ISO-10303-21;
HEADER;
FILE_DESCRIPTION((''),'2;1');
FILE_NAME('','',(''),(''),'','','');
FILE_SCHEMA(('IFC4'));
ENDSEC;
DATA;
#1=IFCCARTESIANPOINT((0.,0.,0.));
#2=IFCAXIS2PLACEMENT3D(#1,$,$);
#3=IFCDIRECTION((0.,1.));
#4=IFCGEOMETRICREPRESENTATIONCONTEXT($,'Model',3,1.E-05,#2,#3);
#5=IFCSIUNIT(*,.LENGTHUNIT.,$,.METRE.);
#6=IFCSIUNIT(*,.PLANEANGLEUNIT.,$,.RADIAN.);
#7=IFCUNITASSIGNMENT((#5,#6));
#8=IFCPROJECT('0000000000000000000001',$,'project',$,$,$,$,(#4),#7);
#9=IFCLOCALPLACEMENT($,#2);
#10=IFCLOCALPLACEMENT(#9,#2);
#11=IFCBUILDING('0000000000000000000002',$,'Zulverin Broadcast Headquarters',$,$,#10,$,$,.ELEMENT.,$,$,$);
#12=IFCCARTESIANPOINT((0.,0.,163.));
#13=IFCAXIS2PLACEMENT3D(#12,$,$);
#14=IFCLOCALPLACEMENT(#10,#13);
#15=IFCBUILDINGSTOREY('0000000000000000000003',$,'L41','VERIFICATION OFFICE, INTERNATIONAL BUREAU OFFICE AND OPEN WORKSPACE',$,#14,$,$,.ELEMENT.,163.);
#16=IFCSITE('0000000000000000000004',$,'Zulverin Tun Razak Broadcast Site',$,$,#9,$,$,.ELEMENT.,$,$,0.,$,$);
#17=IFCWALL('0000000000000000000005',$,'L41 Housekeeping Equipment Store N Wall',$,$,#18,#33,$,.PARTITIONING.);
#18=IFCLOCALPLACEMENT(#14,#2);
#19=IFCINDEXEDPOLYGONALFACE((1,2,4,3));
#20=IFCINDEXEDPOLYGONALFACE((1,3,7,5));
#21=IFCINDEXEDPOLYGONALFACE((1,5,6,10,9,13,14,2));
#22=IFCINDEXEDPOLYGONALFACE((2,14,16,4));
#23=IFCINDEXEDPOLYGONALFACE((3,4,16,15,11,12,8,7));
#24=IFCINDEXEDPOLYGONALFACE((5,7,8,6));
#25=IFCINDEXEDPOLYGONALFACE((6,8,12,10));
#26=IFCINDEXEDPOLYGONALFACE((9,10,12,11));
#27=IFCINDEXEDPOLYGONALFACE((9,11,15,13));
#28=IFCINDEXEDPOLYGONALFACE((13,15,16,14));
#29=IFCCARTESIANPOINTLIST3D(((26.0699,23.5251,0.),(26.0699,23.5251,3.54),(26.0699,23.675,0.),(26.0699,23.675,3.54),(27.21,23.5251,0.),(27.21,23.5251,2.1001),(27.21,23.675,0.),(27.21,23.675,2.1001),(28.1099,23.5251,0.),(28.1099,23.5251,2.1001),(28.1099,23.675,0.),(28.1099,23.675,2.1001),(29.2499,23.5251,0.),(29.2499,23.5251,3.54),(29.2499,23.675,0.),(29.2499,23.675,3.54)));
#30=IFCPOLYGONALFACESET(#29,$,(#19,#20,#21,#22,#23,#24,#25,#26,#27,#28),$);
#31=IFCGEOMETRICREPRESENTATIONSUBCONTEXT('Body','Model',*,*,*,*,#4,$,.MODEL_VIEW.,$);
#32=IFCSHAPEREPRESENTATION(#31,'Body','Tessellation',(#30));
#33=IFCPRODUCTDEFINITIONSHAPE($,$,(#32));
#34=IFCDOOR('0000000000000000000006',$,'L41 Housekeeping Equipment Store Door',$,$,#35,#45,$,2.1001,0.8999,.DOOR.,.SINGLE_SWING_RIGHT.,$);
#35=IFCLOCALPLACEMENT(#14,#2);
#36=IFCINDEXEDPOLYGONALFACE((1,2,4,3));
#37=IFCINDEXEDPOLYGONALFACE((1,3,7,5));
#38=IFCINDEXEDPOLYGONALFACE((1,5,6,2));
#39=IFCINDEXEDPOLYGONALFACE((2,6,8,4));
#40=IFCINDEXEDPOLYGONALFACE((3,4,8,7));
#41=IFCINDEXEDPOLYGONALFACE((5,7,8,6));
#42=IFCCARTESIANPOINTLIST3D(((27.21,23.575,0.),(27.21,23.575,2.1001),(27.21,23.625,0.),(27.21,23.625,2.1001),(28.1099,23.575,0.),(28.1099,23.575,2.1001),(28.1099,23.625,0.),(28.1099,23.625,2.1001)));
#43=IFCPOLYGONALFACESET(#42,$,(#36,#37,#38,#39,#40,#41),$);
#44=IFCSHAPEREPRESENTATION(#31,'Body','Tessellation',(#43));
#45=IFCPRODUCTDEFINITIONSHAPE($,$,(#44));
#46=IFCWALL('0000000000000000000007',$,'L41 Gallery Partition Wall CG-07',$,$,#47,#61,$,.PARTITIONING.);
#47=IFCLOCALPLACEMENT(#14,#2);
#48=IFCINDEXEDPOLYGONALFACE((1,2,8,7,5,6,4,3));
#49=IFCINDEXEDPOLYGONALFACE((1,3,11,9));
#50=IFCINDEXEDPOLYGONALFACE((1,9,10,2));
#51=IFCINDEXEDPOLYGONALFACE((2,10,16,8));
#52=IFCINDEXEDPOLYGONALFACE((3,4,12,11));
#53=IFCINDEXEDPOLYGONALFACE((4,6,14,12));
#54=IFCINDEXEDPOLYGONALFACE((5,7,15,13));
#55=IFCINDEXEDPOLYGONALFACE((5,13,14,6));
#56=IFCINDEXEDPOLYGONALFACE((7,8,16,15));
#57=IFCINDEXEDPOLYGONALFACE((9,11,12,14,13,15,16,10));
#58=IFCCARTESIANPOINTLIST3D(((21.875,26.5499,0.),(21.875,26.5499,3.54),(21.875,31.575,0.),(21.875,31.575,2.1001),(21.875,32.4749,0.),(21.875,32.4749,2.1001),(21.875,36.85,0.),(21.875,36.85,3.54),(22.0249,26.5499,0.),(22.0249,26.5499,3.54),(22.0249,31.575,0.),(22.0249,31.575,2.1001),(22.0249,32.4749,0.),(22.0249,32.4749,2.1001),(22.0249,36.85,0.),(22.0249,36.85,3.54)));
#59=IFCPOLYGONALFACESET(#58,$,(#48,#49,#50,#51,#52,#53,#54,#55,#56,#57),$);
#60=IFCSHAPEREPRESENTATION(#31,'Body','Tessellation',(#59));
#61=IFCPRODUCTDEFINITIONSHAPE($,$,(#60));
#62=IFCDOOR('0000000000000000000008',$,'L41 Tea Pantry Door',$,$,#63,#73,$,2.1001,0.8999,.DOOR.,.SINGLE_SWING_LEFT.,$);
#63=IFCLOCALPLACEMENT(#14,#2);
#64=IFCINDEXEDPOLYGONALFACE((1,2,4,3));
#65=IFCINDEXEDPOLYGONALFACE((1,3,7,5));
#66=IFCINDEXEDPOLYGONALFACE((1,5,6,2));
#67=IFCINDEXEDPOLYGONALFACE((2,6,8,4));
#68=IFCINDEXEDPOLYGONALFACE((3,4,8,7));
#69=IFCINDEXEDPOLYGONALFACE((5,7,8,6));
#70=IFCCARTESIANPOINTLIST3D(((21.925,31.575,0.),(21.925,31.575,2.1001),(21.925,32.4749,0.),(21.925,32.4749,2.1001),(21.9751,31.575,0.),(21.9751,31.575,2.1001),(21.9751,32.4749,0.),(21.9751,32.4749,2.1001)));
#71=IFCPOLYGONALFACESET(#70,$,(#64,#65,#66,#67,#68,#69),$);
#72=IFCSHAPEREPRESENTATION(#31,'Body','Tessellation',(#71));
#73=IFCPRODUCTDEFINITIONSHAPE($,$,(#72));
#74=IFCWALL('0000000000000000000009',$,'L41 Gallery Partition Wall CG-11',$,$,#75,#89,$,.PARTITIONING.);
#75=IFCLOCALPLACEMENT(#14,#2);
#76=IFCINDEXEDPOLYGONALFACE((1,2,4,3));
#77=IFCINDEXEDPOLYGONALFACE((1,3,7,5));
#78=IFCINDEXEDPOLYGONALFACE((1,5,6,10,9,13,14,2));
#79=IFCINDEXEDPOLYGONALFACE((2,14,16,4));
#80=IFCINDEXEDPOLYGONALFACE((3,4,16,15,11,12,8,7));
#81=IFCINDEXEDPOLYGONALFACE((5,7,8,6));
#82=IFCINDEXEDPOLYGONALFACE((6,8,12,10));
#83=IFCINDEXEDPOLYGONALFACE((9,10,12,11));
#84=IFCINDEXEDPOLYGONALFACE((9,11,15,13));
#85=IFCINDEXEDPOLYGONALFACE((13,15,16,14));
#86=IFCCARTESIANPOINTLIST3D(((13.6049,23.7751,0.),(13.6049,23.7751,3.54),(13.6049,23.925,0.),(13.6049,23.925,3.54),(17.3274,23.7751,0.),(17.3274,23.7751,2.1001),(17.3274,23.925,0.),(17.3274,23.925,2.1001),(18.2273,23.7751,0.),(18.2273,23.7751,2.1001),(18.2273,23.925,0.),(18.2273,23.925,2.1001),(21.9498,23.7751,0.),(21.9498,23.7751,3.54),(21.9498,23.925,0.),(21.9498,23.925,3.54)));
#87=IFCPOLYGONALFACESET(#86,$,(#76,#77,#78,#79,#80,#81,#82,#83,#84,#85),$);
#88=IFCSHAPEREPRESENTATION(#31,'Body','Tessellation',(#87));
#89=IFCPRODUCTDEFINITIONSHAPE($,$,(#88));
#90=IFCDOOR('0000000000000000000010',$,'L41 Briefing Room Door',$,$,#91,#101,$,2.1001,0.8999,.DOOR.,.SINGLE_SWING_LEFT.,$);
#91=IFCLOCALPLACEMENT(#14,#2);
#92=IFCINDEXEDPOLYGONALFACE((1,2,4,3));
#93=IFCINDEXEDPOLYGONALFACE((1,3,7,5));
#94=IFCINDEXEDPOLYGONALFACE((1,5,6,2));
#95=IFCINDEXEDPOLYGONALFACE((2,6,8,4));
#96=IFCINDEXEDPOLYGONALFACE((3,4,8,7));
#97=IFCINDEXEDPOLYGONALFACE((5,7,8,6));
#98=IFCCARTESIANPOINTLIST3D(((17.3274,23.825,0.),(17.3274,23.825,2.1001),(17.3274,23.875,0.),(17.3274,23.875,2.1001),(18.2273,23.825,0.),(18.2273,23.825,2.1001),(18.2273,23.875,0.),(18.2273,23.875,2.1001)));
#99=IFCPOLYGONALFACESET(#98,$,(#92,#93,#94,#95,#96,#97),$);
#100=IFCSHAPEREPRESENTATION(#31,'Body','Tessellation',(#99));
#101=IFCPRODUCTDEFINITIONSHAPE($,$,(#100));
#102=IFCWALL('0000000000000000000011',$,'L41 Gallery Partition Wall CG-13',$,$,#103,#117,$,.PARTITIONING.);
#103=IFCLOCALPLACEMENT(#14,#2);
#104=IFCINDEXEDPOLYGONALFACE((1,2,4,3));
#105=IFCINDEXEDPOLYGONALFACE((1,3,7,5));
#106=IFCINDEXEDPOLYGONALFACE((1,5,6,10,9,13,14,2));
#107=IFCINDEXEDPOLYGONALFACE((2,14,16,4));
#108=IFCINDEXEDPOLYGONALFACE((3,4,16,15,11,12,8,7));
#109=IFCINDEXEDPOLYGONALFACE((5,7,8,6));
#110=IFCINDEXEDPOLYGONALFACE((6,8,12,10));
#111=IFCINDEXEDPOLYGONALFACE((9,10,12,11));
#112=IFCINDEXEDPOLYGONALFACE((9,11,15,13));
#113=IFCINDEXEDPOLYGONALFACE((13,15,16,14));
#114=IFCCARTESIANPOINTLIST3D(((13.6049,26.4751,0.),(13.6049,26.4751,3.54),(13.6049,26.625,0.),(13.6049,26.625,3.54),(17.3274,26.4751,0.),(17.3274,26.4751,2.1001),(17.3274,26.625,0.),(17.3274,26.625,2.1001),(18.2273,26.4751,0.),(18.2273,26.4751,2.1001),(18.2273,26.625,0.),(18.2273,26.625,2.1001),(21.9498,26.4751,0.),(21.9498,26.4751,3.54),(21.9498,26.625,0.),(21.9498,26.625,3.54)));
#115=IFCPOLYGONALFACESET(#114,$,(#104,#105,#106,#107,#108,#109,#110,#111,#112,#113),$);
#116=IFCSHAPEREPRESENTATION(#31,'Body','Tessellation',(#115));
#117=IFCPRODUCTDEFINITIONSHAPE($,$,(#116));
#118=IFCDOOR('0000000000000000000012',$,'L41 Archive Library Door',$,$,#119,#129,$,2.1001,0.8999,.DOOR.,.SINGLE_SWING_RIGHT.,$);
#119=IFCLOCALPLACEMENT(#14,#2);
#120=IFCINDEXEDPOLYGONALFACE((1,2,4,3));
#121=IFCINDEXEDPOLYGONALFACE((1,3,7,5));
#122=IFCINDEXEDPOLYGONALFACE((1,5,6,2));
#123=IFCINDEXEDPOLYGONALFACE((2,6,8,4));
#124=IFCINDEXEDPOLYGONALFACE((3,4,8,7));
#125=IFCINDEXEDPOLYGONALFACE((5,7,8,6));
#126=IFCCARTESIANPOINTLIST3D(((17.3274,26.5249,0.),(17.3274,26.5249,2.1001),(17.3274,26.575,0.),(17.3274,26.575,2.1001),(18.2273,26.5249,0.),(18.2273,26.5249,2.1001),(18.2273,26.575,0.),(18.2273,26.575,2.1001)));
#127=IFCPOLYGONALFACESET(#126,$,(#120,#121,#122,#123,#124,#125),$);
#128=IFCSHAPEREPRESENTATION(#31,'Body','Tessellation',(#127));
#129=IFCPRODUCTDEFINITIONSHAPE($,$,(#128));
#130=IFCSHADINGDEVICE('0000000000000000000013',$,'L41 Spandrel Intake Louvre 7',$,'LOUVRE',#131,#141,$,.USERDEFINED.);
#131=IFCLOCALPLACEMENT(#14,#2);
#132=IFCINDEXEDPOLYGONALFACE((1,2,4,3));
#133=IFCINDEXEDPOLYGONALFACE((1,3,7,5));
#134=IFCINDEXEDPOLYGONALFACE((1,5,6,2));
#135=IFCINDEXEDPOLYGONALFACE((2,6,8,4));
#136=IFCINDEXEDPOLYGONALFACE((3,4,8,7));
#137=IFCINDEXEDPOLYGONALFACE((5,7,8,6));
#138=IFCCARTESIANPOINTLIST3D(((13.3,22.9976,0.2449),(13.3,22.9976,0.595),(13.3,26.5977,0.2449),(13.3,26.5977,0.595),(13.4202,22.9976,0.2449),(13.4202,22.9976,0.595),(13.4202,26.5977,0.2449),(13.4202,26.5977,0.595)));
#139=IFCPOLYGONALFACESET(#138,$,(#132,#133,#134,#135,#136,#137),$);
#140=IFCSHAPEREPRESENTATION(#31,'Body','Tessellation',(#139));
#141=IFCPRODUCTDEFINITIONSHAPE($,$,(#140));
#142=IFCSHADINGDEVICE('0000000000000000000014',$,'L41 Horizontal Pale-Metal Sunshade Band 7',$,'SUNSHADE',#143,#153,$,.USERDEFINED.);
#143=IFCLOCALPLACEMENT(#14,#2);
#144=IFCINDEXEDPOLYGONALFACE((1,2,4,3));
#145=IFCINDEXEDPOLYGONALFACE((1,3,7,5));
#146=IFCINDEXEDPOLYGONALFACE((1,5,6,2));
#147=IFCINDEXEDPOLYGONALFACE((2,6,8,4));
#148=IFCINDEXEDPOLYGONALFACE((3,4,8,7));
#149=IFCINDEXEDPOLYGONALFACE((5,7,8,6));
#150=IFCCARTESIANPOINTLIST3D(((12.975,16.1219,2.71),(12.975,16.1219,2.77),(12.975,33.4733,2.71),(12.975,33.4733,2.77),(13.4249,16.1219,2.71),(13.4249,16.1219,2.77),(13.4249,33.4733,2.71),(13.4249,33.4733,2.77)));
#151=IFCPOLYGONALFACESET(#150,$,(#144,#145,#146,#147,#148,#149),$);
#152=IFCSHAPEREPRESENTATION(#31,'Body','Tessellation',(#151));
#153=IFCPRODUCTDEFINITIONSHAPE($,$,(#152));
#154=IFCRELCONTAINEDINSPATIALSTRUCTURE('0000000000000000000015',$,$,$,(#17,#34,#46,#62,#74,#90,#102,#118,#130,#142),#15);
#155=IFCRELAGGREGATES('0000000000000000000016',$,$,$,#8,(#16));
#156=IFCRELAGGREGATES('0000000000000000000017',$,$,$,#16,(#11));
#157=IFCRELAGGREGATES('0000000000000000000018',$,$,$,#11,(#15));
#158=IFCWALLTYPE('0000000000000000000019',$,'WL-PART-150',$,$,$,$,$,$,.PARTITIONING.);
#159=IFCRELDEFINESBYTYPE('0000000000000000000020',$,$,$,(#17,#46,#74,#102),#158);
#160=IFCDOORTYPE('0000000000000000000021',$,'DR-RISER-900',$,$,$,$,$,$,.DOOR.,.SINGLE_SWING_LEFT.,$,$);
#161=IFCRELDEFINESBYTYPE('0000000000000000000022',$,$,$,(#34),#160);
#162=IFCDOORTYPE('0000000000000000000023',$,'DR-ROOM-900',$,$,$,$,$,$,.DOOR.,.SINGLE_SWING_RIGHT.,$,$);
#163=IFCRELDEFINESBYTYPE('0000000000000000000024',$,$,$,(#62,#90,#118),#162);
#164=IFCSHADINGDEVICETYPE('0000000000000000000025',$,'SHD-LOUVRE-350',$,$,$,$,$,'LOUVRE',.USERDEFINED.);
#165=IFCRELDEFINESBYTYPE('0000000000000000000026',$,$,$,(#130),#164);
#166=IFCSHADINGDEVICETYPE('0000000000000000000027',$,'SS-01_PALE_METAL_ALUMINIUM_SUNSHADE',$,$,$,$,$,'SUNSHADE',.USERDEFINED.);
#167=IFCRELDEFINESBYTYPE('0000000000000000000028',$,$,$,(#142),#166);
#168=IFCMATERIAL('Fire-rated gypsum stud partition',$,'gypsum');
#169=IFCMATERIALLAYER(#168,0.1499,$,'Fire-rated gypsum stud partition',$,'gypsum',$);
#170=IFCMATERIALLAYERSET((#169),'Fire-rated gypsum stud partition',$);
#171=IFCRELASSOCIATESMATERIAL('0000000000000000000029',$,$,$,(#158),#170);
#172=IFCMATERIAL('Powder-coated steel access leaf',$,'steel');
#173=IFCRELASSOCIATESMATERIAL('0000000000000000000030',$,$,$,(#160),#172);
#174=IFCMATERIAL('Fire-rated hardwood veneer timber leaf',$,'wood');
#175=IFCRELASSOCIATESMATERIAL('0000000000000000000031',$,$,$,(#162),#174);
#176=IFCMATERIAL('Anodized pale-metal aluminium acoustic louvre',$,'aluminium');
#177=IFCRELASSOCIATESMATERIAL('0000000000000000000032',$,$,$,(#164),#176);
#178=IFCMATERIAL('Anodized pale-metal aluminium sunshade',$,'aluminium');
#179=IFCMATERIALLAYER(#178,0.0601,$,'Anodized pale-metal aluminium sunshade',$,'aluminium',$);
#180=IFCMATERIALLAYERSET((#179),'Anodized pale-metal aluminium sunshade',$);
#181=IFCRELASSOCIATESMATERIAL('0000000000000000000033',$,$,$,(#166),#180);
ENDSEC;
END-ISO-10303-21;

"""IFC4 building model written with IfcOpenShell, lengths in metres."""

from ifc_helpers import new_model, si_unit, direction, frame, frame_2d, origin, origin_2d, place, context, subcontext, project, spatial, rectangle, extrude, material, layer, layer_set, type_object, element, fill, save


model = new_model("IFC4")

# Units and contexts
model_context = context("Model", 3, precision=1e-05, world=origin(), true_north=direction((0.0, 1.0)))
body_context = subcontext(model_context, "Body", "Model", "MODEL_VIEW")
ifc_project = project(units=[si_unit("LENGTHUNIT", "METRE"), si_unit("PLANEANGLEUNIT", "RADIAN")], contexts=[model_context])

# Site, building, storey
site_placement = place(None, origin())
site = spatial("IfcSite", under=ifc_project, at=site_placement, Name="Zulverin Tun Razak Broadcast Site", CompositionType="ELEMENT", RefElevation=0.0)
building_placement = place(site_placement, origin())
building = spatial("IfcBuilding", under=site, at=building_placement, Name="Zulverin Broadcast Headquarters", CompositionType="ELEMENT")
storey_placement = place(building_placement, frame((0.0, 0.0, 163.0)))
storey = spatial("IfcBuildingStorey", under=building, at=storey_placement, Name="L41", Description="VERIFICATION OFFICE, INTERNATIONAL BUREAU OFFICE AND OPEN WORKSPACE", CompositionType="ELEMENT", Elevation=163.0)

# Shared definitions
ifc_material_1 = material(Name="Fire-rated gypsum stud partition", Category="gypsum")
ifc_layer_1 = layer(ifc_material_1, 0.1499, Name="Fire-rated gypsum stud partition", Category="gypsum")
ifc_layer_set_1 = layer_set([ifc_layer_1], Name="Fire-rated gypsum stud partition")
wall_type_1 = type_object("IfcWallType", Name="WL-PART-150", PredefinedType="PARTITIONING", material=ifc_layer_set_1)

# Shared definitions
ifc_material_2 = material(Name="Powder-coated steel access leaf", Category="steel")
door_type_1 = type_object("IfcDoorType", Name="DR-RISER-900", OperationType="SINGLE_SWING_LEFT", PredefinedType="DOOR", material=ifc_material_2)

# Walls, openings, doors
wall_1_placement = place(storey_placement, frame((26.0701, 23.6001, 0.0), z_axis=(0.0, 0.0, 1.0), x_axis=(1.0, 0.0, 0.0)))
wall_1 = element("IfcWall", 1, at=wall_1_placement, inside=storey, type_object=wall_type_1, Name="L41 Housekeeping Equipment Store N Wall", PredefinedType="PARTITIONING", context=body_context, shape_type="SweptSolid", body=[
    extrude(rectangle(XDim=3.1799, YDim=0.1499, at=frame_2d((1.5898, 0.0))), origin(), (0.0, 0.0, 1.0), 3.54),
])
opening_1_placement = place(wall_1_placement, frame((1.1399, 0.0, 0.0)))
opening_1 = element("IfcOpeningElement", 2, at=opening_1_placement, cuts=wall_1, PredefinedType="OPENING", context=body_context, shape_type="SweptSolid", body=[
    extrude(rectangle(XDim=0.8999, YDim=2.1001, at=frame_2d((0.45, 1.05))), frame((0.0, 0.085, 0.0), z_axis=(0.0, -1.0, 0.0), x_axis=(1.0, 0.0, 0.0)), (0.0, 0.0, 1.0), 0.1699),
])
door_1_placement = place(opening_1_placement, origin())
door_1 = element("IfcDoor", 3, at=door_1_placement, inside=storey, type_object=door_type_1, Name="L41 Housekeeping Equipment Store Door", OperationType="SINGLE_SWING_RIGHT", OverallHeight=2.1001, OverallWidth=0.8999, PredefinedType="DOOR", context=body_context, shape_type="SweptSolid", body=[
    extrude(rectangle(XDim=0.8999, YDim=2.1001, at=frame_2d((0.45, 1.05))), frame((0.0, 0.0249, 0.0), z_axis=(0.0, -1.0, 0.0), x_axis=(1.0, 0.0, 0.0)), (0.0, 0.0, 1.0), 0.05),
])
fill(opening_1, door_1)
wall_2_placement = place(storey_placement, frame((21.95, 26.55, 0.0), z_axis=(0.0, 0.0, 1.0), x_axis=(0.0, 1.0, 0.0)))
wall_2 = element("IfcWall", 4, at=wall_2_placement, inside=storey, type_object=wall_type_1, Name="L41 Gallery Partition Wall CG-07", PredefinedType="PARTITIONING", context=body_context, shape_type="SweptSolid", body=[
    extrude(rectangle(XDim=10.3, YDim=0.1499, at=frame_2d((5.1499, 0.0))), origin(), (0.0, 0.0, 1.0), 3.54),
])
opening_2_placement = place(wall_2_placement, frame((5.0249, 0.0, 0.0)))
opening_2 = element("IfcOpeningElement", 5, at=opening_2_placement, cuts=wall_2, PredefinedType="OPENING", context=body_context, shape_type="SweptSolid", body=[
    extrude(rectangle(XDim=0.8999, YDim=2.1001, at=frame_2d((0.45, 1.05))), frame((0.0, 0.085, 0.0), z_axis=(0.0, -1.0, 0.0), x_axis=(1.0, 0.0, 0.0)), (0.0, 0.0, 1.0), 0.1699),
])
ifc_material_3 = material(Name="Fire-rated hardwood veneer timber leaf", Category="wood")
door_type_2 = type_object("IfcDoorType", Name="DR-ROOM-900", OperationType="SINGLE_SWING_RIGHT", PredefinedType="DOOR", material=ifc_material_3)
door_2_placement = place(opening_2_placement, origin())
door_2 = element("IfcDoor", 6, at=door_2_placement, inside=storey, type_object=door_type_2, Name="L41 Tea Pantry Door", OperationType="SINGLE_SWING_LEFT", OverallHeight=2.1001, OverallWidth=0.8999, PredefinedType="DOOR", context=body_context, shape_type="SweptSolid", body=[
    extrude(rectangle(XDim=0.8999, YDim=2.1001, at=frame_2d((0.45, 1.05))), frame((0.0, 0.0249, 0.0), z_axis=(0.0, -1.0, 0.0), x_axis=(1.0, 0.0, 0.0)), (0.0, 0.0, 1.0), 0.05),
])
fill(opening_2, door_2)
wall_3_placement = place(storey_placement, frame((13.605, 23.8501, 0.0), z_axis=(0.0, 0.0, 1.0), x_axis=(1.0, 0.0, 0.0)))
wall_3 = element("IfcWall", 7, at=wall_3_placement, inside=storey, type_object=wall_type_1, Name="L41 Gallery Partition Wall CG-11", PredefinedType="PARTITIONING", context=body_context, shape_type="SweptSolid", body=[
    extrude(rectangle(XDim=8.345, YDim=0.1499, at=frame_2d((4.1724, 0.0))), origin(), (0.0, 0.0, 1.0), 3.54),
])
opening_3_placement = place(wall_3_placement, frame((3.7224, 0.0, 0.0)))
opening_3 = element("IfcOpeningElement", 8, at=opening_3_placement, cuts=wall_3, PredefinedType="OPENING", context=body_context, shape_type="SweptSolid", body=[
    extrude(rectangle(XDim=0.8999, YDim=2.1001, at=frame_2d((0.45, 1.05))), frame((0.0, 0.085, 0.0), z_axis=(0.0, -1.0, 0.0), x_axis=(1.0, 0.0, 0.0)), (0.0, 0.0, 1.0), 0.1699),
])
door_3_placement = place(opening_3_placement, origin())
door_3 = element("IfcDoor", 9, at=door_3_placement, inside=storey, type_object=door_type_2, Name="L41 Briefing Room Door", OperationType="SINGLE_SWING_LEFT", OverallHeight=2.1001, OverallWidth=0.8999, PredefinedType="DOOR", context=body_context, shape_type="SweptSolid", body=[
    extrude(rectangle(XDim=0.8999, YDim=2.1001, at=frame_2d((0.45, 1.05))), frame((0.0, 0.0249, 0.0), z_axis=(0.0, -1.0, 0.0), x_axis=(1.0, 0.0, 0.0)), (0.0, 0.0, 1.0), 0.05),
])
fill(opening_3, door_3)
wall_4_placement = place(storey_placement, frame((13.605, 26.55, 0.0), z_axis=(0.0, 0.0, 1.0), x_axis=(1.0, 0.0, 0.0)))
wall_4 = element("IfcWall", 10, at=wall_4_placement, inside=storey, type_object=wall_type_1, Name="L41 Gallery Partition Wall CG-13", PredefinedType="PARTITIONING", context=body_context, shape_type="SweptSolid", body=[
    extrude(rectangle(XDim=8.345, YDim=0.1499, at=frame_2d((4.1724, 0.0))), origin(), (0.0, 0.0, 1.0), 3.54),
])
opening_4_placement = place(wall_4_placement, frame((3.7224, 0.0, 0.0)))
opening_4 = element("IfcOpeningElement", 11, at=opening_4_placement, cuts=wall_4, PredefinedType="OPENING", context=body_context, shape_type="SweptSolid", body=[
    extrude(rectangle(XDim=0.8999, YDim=2.1001, at=frame_2d((0.45, 1.05))), frame((0.0, 0.085, 0.0), z_axis=(0.0, -1.0, 0.0), x_axis=(1.0, 0.0, 0.0)), (0.0, 0.0, 1.0), 0.1699),
])
door_4_placement = place(opening_4_placement, origin())
door_4 = element("IfcDoor", 12, at=door_4_placement, inside=storey, type_object=door_type_2, Name="L41 Archive Library Door", OperationType="SINGLE_SWING_RIGHT", OverallHeight=2.1001, OverallWidth=0.8999, PredefinedType="DOOR", context=body_context, shape_type="SweptSolid", body=[
    extrude(rectangle(XDim=0.8999, YDim=2.1001, at=frame_2d((0.45, 1.05))), frame((0.0, 0.0249, 0.0), z_axis=(0.0, -1.0, 0.0), x_axis=(1.0, 0.0, 0.0)), (0.0, 0.0, 1.0), 0.05),
])
fill(opening_4, door_4)

# Shading devices
ifc_material_4 = material(Name="Anodized pale-metal aluminium acoustic louvre", Category="aluminium")
shading_device_type_1 = type_object("IfcShadingDeviceType", Name="SHD-LOUVRE-350", ElementType="LOUVRE", PredefinedType="USERDEFINED", material=ifc_material_4)
shading_device_1_placement = place(storey_placement, frame((13.3601, 24.7976, 0.2449), z_axis=(0.0, 0.0, 1.0), x_axis=(0.0, -1.0, 0.0)))
element("IfcShadingDevice", 13, at=shading_device_1_placement, inside=storey, type_object=shading_device_type_1, Name="L41 Spandrel Intake Louvre 7", ObjectType="LOUVRE", PredefinedType="USERDEFINED", context=body_context, shape_type="SweptSolid", body=[
    extrude(rectangle(XDim=3.6001, YDim=0.1201, at=origin_2d()), origin(), (0.0, 0.0, 1.0), 0.3501),
])
ifc_material_5 = material(Name="Anodized pale-metal aluminium sunshade", Category="aluminium")
ifc_layer_2 = layer(ifc_material_5, 0.0601, Name="Anodized pale-metal aluminium sunshade", Category="aluminium")
ifc_layer_set_2 = layer_set([ifc_layer_2], Name="Anodized pale-metal aluminium sunshade")
shading_device_type_2 = type_object("IfcShadingDeviceType", Name="SS-01_PALE_METAL_ALUMINIUM_SUNSHADE", ElementType="SUNSHADE", PredefinedType="USERDEFINED", material=ifc_layer_set_2)
shading_device_2_placement = place(storey_placement, frame((13.2, 24.7976, 2.71), z_axis=(0.0, 0.0, 1.0), x_axis=(0.0, -1.0, 0.0)))
element("IfcShadingDevice", 14, at=shading_device_2_placement, inside=storey, type_object=shading_device_type_2, Name="L41 Horizontal Pale-Metal Sunshade Band 7", ObjectType="SUNSHADE", PredefinedType="USERDEFINED", context=body_context, shape_type="SweptSolid", body=[
    extrude(rectangle(XDim=17.3513, YDim=0.45, at=origin_2d()), origin(), (0.0, 0.0, 1.0), 0.0601),
])

save(model, "model.ifc")
